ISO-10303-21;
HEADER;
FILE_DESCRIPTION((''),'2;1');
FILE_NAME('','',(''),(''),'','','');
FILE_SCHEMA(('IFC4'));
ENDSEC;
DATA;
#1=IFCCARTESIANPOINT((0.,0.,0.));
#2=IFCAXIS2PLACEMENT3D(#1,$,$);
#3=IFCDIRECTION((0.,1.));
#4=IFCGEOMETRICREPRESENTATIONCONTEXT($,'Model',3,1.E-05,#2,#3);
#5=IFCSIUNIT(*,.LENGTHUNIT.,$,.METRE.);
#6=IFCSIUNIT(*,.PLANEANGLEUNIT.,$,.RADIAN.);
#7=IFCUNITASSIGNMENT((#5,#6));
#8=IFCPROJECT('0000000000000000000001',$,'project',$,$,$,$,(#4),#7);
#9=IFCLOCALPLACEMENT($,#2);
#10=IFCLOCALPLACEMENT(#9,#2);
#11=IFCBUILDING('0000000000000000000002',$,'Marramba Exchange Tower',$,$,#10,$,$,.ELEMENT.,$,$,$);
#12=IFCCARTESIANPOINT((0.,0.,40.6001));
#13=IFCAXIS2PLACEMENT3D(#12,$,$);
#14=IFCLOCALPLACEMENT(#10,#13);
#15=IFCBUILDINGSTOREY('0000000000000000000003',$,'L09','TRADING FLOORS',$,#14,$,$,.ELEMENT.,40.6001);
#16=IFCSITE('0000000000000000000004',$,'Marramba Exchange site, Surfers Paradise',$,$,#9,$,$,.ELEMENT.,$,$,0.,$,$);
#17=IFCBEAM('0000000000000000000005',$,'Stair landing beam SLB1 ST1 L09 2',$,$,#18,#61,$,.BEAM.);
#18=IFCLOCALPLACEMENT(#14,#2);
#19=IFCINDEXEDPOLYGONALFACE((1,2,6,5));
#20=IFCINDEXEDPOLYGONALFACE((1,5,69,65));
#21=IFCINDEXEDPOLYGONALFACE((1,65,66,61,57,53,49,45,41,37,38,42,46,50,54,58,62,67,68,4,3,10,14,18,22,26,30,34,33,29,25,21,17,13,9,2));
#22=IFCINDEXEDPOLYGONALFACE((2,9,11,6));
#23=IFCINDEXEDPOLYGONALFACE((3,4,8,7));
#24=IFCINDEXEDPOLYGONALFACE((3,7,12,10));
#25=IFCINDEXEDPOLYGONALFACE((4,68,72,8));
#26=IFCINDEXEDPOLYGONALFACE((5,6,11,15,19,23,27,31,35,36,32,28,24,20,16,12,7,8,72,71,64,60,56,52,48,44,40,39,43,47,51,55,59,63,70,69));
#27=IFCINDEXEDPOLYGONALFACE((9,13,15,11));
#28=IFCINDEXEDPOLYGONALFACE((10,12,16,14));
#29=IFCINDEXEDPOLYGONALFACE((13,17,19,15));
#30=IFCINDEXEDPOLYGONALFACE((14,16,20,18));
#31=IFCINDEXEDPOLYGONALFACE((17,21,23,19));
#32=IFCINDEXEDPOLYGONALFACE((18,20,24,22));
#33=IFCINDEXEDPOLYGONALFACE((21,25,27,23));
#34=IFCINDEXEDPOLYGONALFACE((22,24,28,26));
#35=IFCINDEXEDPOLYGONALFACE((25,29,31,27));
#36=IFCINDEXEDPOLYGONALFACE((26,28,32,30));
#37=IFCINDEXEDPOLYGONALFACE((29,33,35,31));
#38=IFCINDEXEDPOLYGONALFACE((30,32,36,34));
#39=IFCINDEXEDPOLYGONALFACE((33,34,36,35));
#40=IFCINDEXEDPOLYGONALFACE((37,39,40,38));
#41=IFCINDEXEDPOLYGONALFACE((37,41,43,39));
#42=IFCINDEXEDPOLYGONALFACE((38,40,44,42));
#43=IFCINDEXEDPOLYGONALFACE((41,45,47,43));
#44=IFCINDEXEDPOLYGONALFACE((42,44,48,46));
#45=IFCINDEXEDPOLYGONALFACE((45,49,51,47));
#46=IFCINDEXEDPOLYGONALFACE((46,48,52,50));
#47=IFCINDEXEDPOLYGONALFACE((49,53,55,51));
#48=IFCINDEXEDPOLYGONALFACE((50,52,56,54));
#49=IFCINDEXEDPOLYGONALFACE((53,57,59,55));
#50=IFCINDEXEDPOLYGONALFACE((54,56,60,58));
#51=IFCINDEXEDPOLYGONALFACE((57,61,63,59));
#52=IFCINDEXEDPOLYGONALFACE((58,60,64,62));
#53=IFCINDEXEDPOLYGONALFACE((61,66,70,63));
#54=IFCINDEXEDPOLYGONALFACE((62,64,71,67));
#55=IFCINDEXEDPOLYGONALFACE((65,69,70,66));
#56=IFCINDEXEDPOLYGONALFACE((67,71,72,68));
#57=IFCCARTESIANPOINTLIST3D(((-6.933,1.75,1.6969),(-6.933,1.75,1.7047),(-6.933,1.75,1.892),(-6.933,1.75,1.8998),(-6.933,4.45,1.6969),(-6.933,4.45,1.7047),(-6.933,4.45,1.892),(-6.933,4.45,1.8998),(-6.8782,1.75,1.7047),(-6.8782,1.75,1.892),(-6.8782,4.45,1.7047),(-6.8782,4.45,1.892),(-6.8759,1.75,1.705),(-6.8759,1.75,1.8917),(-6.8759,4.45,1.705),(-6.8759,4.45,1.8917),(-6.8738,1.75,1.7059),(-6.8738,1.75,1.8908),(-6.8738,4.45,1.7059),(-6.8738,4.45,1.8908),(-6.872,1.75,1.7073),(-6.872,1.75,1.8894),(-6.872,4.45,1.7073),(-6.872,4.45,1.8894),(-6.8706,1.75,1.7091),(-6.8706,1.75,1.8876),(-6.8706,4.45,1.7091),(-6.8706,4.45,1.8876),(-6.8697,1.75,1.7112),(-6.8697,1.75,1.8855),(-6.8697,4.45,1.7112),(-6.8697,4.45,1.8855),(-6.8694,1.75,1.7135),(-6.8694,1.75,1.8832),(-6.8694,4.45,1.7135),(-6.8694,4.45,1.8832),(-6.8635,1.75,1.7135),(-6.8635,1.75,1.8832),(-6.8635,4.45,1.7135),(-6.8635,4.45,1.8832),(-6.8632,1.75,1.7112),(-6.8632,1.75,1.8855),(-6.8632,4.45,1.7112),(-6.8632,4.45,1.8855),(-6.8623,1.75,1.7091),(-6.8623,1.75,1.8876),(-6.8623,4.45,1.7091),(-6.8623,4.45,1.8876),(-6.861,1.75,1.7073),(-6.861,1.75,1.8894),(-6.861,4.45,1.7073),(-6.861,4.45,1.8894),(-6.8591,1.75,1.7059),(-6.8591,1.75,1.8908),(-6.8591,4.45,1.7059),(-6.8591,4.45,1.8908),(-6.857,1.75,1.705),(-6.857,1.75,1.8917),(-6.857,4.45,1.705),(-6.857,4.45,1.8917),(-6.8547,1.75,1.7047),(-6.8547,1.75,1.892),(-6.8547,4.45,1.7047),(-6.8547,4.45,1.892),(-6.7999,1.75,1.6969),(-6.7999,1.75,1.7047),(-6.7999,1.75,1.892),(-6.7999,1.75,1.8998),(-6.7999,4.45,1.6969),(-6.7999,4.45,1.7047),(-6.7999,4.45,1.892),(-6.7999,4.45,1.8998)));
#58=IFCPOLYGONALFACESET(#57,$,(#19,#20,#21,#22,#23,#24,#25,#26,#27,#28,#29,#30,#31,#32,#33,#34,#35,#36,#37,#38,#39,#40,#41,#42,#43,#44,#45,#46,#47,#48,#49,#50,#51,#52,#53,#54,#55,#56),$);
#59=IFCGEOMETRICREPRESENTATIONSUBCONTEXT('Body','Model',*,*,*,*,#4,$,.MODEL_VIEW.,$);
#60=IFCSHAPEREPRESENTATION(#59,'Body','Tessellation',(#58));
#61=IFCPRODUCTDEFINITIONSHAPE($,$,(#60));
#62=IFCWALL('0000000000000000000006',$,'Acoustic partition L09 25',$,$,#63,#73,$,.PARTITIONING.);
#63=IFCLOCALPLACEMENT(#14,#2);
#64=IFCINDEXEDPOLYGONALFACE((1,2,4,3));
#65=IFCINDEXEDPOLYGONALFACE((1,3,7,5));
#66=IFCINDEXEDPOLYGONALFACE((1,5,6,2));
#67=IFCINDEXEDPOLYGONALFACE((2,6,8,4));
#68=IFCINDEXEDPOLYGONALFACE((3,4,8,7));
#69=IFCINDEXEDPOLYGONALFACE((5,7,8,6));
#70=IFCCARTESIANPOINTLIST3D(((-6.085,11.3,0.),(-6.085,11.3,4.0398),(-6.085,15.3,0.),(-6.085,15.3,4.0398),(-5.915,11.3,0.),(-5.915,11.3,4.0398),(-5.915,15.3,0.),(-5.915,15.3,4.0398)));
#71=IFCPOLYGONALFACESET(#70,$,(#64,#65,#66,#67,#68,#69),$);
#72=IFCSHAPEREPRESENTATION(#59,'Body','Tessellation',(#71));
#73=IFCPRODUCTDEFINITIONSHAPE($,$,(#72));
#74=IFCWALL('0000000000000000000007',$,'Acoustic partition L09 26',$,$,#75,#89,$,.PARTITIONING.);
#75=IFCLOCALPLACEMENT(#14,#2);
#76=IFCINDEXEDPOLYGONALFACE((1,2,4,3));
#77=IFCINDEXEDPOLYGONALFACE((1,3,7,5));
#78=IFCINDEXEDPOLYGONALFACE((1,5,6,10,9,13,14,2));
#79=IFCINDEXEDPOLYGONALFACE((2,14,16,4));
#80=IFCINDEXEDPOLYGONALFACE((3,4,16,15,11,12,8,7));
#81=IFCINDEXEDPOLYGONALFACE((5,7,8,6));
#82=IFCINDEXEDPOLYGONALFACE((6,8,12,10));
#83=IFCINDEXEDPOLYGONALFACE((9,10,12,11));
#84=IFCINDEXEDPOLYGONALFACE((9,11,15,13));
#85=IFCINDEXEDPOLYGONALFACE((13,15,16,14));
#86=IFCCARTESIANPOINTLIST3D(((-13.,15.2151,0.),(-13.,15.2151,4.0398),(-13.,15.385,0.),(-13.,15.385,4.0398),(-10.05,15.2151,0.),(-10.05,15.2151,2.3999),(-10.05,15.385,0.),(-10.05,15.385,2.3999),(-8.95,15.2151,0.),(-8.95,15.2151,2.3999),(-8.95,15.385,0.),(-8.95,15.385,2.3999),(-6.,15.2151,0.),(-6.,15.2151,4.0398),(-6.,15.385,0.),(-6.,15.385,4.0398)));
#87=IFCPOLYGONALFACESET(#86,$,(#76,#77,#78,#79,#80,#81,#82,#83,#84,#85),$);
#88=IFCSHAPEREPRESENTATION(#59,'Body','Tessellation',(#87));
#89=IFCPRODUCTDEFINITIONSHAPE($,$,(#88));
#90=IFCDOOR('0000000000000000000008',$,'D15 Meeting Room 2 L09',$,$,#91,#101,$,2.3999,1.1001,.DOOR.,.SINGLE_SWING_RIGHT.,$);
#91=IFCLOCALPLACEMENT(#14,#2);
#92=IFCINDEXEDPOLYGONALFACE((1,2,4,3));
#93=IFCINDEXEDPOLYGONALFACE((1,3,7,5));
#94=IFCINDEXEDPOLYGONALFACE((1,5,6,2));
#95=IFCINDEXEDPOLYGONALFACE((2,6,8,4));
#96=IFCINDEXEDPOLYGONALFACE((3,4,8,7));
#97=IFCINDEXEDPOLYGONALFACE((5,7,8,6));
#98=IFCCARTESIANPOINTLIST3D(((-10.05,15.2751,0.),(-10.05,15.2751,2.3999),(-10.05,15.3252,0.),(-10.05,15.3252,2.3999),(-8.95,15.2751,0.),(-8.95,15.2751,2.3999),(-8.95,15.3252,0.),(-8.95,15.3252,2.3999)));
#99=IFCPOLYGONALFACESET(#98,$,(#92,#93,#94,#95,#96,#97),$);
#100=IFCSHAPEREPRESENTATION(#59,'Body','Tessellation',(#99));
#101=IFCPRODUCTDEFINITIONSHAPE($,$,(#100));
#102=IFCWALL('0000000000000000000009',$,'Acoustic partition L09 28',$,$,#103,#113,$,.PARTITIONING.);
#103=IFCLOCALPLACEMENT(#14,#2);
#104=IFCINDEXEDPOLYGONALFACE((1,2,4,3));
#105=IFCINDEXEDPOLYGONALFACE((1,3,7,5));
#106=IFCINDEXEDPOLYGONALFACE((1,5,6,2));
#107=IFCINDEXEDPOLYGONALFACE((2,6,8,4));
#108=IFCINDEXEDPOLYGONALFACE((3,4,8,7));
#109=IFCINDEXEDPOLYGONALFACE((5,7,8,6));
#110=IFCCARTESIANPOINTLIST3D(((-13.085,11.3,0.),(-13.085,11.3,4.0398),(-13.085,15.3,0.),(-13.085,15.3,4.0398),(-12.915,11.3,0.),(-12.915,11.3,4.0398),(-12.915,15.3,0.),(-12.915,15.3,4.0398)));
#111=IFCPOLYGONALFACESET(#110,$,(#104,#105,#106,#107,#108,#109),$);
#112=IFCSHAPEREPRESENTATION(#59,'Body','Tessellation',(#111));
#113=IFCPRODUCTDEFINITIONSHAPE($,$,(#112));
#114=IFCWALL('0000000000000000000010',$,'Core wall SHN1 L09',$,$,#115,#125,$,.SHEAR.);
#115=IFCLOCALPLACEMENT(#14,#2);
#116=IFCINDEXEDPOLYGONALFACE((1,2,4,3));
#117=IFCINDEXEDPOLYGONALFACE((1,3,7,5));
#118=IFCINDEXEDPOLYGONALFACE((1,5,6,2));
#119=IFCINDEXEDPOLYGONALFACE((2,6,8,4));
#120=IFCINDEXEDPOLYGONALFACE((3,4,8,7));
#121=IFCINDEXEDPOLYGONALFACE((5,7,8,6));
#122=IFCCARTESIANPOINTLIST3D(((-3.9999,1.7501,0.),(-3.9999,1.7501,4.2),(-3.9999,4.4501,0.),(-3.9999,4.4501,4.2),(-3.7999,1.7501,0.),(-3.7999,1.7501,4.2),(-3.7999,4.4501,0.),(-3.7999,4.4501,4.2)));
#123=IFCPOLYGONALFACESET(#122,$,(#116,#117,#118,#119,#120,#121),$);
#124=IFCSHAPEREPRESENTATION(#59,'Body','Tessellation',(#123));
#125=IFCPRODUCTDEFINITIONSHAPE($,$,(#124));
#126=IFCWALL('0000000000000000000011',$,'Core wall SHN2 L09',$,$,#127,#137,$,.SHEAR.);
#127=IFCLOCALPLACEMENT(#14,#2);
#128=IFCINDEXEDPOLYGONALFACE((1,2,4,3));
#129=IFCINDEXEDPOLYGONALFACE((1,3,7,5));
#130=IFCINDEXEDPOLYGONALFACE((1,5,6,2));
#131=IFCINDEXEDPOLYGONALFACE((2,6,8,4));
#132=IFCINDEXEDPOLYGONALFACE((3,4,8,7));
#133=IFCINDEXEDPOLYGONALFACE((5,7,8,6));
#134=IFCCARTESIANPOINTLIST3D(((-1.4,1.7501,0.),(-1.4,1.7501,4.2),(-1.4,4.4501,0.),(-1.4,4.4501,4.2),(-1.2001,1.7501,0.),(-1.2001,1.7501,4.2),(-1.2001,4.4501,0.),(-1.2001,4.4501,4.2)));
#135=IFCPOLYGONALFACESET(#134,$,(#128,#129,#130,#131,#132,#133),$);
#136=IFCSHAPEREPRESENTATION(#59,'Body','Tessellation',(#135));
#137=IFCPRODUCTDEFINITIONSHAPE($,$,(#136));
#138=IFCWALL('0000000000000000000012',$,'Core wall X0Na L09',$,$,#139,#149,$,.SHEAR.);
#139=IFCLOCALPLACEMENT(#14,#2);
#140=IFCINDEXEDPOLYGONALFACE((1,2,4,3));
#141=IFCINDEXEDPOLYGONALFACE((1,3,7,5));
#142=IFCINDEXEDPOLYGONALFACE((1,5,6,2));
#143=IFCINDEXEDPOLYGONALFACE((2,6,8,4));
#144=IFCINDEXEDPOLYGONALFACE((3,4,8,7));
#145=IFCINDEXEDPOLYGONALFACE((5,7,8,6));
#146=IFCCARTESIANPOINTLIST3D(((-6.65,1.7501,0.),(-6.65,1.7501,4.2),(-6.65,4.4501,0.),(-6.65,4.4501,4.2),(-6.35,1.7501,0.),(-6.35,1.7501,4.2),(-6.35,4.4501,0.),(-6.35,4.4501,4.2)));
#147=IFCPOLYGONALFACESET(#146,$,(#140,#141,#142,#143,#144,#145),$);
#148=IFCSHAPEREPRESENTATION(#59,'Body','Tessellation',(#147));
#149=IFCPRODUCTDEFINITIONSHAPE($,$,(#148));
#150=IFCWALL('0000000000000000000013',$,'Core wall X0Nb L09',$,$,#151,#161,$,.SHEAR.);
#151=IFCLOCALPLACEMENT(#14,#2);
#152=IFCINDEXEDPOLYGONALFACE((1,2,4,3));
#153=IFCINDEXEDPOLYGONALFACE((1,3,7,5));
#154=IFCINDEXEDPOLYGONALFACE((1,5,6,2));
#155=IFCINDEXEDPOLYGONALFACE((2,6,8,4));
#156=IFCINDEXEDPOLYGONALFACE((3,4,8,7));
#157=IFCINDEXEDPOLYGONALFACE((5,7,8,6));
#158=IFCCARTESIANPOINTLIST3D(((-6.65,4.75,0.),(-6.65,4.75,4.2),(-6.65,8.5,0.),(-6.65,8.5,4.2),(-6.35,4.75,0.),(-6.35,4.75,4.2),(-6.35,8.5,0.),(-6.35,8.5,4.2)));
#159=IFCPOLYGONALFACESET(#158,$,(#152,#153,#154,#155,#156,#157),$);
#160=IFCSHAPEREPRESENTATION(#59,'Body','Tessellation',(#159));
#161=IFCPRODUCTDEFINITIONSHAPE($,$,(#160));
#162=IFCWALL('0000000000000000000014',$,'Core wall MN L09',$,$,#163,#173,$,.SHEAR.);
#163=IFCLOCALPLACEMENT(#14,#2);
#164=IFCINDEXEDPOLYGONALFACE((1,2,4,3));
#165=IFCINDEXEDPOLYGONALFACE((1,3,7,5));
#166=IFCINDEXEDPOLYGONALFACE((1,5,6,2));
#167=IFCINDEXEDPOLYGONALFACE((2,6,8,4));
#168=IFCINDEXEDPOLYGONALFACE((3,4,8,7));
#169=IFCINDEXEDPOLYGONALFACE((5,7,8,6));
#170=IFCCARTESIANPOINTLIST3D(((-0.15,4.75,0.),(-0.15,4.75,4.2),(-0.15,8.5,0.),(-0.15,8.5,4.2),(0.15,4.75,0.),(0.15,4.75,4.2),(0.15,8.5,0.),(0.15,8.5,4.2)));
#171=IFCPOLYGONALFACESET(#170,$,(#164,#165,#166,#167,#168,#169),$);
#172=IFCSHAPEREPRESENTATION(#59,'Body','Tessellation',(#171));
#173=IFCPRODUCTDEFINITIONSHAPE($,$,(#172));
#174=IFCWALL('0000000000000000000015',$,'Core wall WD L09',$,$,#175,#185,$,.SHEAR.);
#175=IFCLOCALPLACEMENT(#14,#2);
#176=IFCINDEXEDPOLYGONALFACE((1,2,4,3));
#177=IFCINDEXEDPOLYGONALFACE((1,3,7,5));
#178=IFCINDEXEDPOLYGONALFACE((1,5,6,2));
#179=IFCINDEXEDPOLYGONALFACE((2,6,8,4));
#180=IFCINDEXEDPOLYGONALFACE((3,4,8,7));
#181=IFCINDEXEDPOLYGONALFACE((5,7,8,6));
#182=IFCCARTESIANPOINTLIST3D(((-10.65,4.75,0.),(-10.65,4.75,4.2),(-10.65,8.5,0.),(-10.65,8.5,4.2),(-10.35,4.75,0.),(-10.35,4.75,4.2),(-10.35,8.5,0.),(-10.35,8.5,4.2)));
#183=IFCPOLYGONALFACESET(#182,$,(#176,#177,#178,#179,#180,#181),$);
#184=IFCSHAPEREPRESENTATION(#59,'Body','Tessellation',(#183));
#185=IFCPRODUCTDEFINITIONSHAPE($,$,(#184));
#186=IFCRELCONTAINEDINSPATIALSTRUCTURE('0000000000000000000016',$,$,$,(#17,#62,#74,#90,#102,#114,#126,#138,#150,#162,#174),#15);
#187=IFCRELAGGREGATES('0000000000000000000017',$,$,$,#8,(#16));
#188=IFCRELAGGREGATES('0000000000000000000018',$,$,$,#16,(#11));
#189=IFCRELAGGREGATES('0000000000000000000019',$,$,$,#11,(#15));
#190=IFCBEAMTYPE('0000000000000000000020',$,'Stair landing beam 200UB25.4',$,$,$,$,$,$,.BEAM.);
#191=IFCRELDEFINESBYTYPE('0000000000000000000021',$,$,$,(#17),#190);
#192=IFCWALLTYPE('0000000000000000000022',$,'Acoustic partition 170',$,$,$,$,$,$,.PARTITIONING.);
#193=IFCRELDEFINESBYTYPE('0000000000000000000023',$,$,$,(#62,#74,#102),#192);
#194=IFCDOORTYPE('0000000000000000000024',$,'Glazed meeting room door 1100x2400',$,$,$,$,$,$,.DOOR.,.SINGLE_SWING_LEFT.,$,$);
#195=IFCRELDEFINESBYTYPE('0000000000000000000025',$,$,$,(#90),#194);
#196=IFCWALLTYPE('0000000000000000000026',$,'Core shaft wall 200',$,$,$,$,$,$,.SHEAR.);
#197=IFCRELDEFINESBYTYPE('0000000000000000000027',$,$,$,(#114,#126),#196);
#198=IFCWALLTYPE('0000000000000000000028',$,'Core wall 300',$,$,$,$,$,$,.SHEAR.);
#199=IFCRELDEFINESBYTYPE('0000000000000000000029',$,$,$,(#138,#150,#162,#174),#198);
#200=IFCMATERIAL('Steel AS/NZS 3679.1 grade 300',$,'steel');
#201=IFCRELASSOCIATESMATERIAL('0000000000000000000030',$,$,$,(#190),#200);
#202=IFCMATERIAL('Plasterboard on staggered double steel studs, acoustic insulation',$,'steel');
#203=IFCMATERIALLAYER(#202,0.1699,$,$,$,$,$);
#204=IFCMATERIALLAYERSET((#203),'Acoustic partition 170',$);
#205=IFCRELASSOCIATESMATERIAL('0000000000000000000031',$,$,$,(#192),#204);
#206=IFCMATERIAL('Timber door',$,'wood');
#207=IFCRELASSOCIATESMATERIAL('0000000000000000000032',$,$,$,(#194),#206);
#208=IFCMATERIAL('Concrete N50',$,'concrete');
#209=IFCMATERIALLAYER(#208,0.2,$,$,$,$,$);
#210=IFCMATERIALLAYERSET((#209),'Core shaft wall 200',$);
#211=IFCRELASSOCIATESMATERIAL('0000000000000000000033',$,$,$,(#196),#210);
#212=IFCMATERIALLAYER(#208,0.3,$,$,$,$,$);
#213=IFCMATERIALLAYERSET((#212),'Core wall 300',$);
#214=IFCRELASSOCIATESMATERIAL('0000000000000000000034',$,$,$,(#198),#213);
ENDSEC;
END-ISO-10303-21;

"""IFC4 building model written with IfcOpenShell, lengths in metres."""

from ifc_helpers import new_model, si_unit, direction, frame, frame_2d, origin, origin_2d, place, context, subcontext, project, spatial, rectangle, i_section, extrude, material, layer, layer_set, material_profile, profile_set, type_object, element, fill, save


model = new_model("IFC4")

# Units and contexts
model_context = context("Model", 3, precision=1e-05, world=origin(), true_north=direction((0.0, 1.0)))
body_context = subcontext(model_context, "Body", "Model", "MODEL_VIEW")
ifc_project = project(units=[si_unit("LENGTHUNIT", "METRE"), si_unit("PLANEANGLEUNIT", "RADIAN")], contexts=[model_context])

# Site, building, storey
site_placement = place(None, origin())
site = spatial("IfcSite", under=ifc_project, at=site_placement, Name="Marramba Exchange site, Surfers Paradise", CompositionType="ELEMENT", RefElevation=0.0)
building_placement = place(site_placement, origin())
building = spatial("IfcBuilding", under=site, at=building_placement, Name="Marramba Exchange Tower", CompositionType="ELEMENT")
storey_placement = place(building_placement, frame((0.0, 0.0, 40.6001)))
storey = spatial("IfcBuildingStorey", under=building, at=storey_placement, Name="L09", Description="TRADING FLOORS", CompositionType="ELEMENT", Elevation=40.6001)

# Beam
ifc_material_1 = material(Name="Steel AS/NZS 3679.1 grade 300", Category="steel")
ifc_material_profile_1 = material_profile(ifc_material_1, i_section(OverallWidth=0.1331, OverallDepth=0.2029, WebThickness=0.0059, FlangeThickness=0.0078, FilletRadius=0.0088, at=origin_2d()), Name="200UB25.4")
ifc_profile_set_1 = profile_set([ifc_material_profile_1], Name="Steel AS/NZS 3679.1 grade 300")
beam_type_1 = type_object("IfcBeamType", Name="Stair landing beam 200UB25.4", PredefinedType="BEAM", material=ifc_profile_set_1)
for number, where, z_axis, x_axis, name in (
    (1, (-6.8665, 1.75, 1.7983), (0.0, 1.0, 0.0), (-1.0, 0.0, 0.0), "Stair landing beam SLB1 ST1 L09 2"),
):
    element("IfcBeam", number, at=place(storey_placement, frame(where, z_axis=z_axis, x_axis=x_axis)), inside=storey, type_object=beam_type_1, Name=name, PredefinedType="BEAM", context=body_context, shape_type="SweptSolid", body=[
        extrude(i_section(OverallWidth=0.1331, OverallDepth=0.2029, WebThickness=0.0059, FlangeThickness=0.0078, FilletRadius=0.0088, at=origin_2d()), origin(), (0.0, 0.0, 1.0), 2.7),
    ])

# Wall
ifc_material_2 = material(Name="Plasterboard on staggered double steel studs, acoustic insulation", Category="steel")
ifc_layer_1 = layer(ifc_material_2, 0.1699)
ifc_layer_set_1 = layer_set([ifc_layer_1], Name="Acoustic partition 170")
wall_type_1 = type_object("IfcWallType", Name="Acoustic partition 170", PredefinedType="PARTITIONING", material=ifc_layer_set_1)
wall_1_placement = place(storey_placement, frame((-6.0, 11.3, 0.0), z_axis=(0.0, 0.0, 1.0), x_axis=(0.0, 1.0, 0.0)))
element("IfcWall", 2, at=wall_1_placement, inside=storey, type_object=wall_type_1, Name="Acoustic partition L09 25", PredefinedType="PARTITIONING", context=body_context, shape_type="SweptSolid", body=[
    extrude(rectangle(XDim=4.0, YDim=0.1699, at=frame_2d((2.0, 0.0))), origin(), (0.0, 0.0, 1.0), 4.0398),
])

# Wall, opening, door
wall_2_placement = place(storey_placement, frame((-6.0, 15.3, 0.0), z_axis=(0.0, 0.0, 1.0), x_axis=(-1.0, 0.0, 0.0)))
wall_2 = element("IfcWall", 3, at=wall_2_placement, inside=storey, type_object=wall_type_1, Name="Acoustic partition L09 26", PredefinedType="PARTITIONING", context=body_context, shape_type="SweptSolid", body=[
    extrude(rectangle(XDim=7.0, YDim=0.1699, at=frame_2d((3.5, 0.0))), origin(), (0.0, 0.0, 1.0), 4.0398),
])
opening_placement = place(wall_2_placement, frame((2.95, 0.0, 0.0)))
opening = element("IfcOpeningElement", 4, at=opening_placement, cuts=wall_2, PredefinedType="OPENING", context=body_context, shape_type="SweptSolid", body=[
    extrude(rectangle(XDim=1.1001, YDim=2.3999, at=frame_2d((0.55, 1.2))), frame((0.0, 0.095, 0.0), z_axis=(0.0, -1.0, 0.0), x_axis=(1.0, 0.0, 0.0)), (0.0, 0.0, 1.0), 0.1899),
])
ifc_material_3 = material(Name="Timber door", Category="wood")
door_type = type_object("IfcDoorType", Name="Glazed meeting room door 1100x2400", OperationType="SINGLE_SWING_LEFT", PredefinedType="DOOR", material=ifc_material_3)
door_placement = place(opening_placement, origin())
door = element("IfcDoor", 5, at=door_placement, inside=storey, type_object=door_type, Name="D15 Meeting Room 2 L09", OperationType="SINGLE_SWING_RIGHT", OverallHeight=2.3999, OverallWidth=1.1001, PredefinedType="DOOR", context=body_context, shape_type="SweptSolid", body=[
    extrude(rectangle(XDim=1.1001, YDim=2.3999, at=frame_2d((0.55, 1.2))), frame((0.0, 0.0249, 0.0), z_axis=(0.0, -1.0, 0.0), x_axis=(1.0, 0.0, 0.0)), (0.0, 0.0, 1.0), 0.05),
])
fill(opening, door)

# Walls
wall_3_placement = place(storey_placement, frame((-13.0, 15.3, 0.0), z_axis=(0.0, 0.0, 1.0), x_axis=(0.0, -1.0, 0.0)))
element("IfcWall", 6, at=wall_3_placement, inside=storey, type_object=wall_type_1, Name="Acoustic partition L09 28", PredefinedType="PARTITIONING", context=body_context, shape_type="SweptSolid", body=[
    extrude(rectangle(XDim=4.0, YDim=0.1699, at=frame_2d((2.0, 0.0))), origin(), (0.0, 0.0, 1.0), 4.0398),
])
ifc_material_4 = material(Name="Concrete N50", Category="concrete")
ifc_layer_2 = layer(ifc_material_4, 0.2)
ifc_layer_set_2 = layer_set([ifc_layer_2], Name="Core shaft wall 200")
wall_type_2 = type_object("IfcWallType", Name="Core shaft wall 200", PredefinedType="SHEAR", material=ifc_layer_set_2)
for number, where, z_axis, x_axis, name in (
    (7, (-3.8999, 1.75, 0.0), (0.0, 0.0, 1.0), (0.0, 1.0, 0.0), "Core wall SHN1 L09"),
    (8, (-1.3, 1.75, 0.0), (0.0, 0.0, 1.0), (0.0, 1.0, 0.0), "Core wall SHN2 L09"),
):
    element("IfcWall", number, at=place(storey_placement, frame(where, z_axis=z_axis, x_axis=x_axis)), inside=storey, type_object=wall_type_2, Name=name, PredefinedType="SHEAR", context=body_context, shape_type="SweptSolid", body=[
        extrude(rectangle(XDim=2.7, YDim=0.2, at=frame_2d((1.3501, 0.0))), origin(), (0.0, 0.0, 1.0), 4.2),
    ])
ifc_layer_3 = layer(ifc_material_4, 0.3)
ifc_layer_set_3 = layer_set([ifc_layer_3], Name="Core wall 300")
wall_type_3 = type_object("IfcWallType", Name="Core wall 300", PredefinedType="SHEAR", material=ifc_layer_set_3)
wall_4_placement = place(storey_placement, frame((-6.5, 1.75, 0.0), z_axis=(0.0, 0.0, 1.0), x_axis=(0.0, 1.0, 0.0)))
element("IfcWall", 9, at=wall_4_placement, inside=storey, type_object=wall_type_3, Name="Core wall X0Na L09", PredefinedType="SHEAR", context=body_context, shape_type="SweptSolid", body=[
    extrude(rectangle(XDim=2.7, YDim=0.3, at=frame_2d((1.3501, 0.0))), origin(), (0.0, 0.0, 1.0), 4.2),
])
for number, where, z_axis, x_axis, name in (
    (10, (-6.5, 4.75, 0.0), (0.0, 0.0, 1.0), (0.0, 1.0, 0.0), "Core wall X0Nb L09"),
    (11, (0.0, 4.75, 0.0), (0.0, 0.0, 1.0), (0.0, 1.0, 0.0), "Core wall MN L09"),
    (12, (-10.5, 4.75, 0.0), (0.0, 0.0, 1.0), (0.0, 1.0, 0.0), "Core wall WD L09"),
):
    element("IfcWall", number, at=place(storey_placement, frame(where, z_axis=z_axis, x_axis=x_axis)), inside=storey, type_object=wall_type_3, Name=name, PredefinedType="SHEAR", context=body_context, shape_type="SweptSolid", body=[
        extrude(rectangle(XDim=3.75, YDim=0.3, at=frame_2d((1.875, 0.0))), origin(), (0.0, 0.0, 1.0), 4.2),
    ])

save(model, "model.ifc")
